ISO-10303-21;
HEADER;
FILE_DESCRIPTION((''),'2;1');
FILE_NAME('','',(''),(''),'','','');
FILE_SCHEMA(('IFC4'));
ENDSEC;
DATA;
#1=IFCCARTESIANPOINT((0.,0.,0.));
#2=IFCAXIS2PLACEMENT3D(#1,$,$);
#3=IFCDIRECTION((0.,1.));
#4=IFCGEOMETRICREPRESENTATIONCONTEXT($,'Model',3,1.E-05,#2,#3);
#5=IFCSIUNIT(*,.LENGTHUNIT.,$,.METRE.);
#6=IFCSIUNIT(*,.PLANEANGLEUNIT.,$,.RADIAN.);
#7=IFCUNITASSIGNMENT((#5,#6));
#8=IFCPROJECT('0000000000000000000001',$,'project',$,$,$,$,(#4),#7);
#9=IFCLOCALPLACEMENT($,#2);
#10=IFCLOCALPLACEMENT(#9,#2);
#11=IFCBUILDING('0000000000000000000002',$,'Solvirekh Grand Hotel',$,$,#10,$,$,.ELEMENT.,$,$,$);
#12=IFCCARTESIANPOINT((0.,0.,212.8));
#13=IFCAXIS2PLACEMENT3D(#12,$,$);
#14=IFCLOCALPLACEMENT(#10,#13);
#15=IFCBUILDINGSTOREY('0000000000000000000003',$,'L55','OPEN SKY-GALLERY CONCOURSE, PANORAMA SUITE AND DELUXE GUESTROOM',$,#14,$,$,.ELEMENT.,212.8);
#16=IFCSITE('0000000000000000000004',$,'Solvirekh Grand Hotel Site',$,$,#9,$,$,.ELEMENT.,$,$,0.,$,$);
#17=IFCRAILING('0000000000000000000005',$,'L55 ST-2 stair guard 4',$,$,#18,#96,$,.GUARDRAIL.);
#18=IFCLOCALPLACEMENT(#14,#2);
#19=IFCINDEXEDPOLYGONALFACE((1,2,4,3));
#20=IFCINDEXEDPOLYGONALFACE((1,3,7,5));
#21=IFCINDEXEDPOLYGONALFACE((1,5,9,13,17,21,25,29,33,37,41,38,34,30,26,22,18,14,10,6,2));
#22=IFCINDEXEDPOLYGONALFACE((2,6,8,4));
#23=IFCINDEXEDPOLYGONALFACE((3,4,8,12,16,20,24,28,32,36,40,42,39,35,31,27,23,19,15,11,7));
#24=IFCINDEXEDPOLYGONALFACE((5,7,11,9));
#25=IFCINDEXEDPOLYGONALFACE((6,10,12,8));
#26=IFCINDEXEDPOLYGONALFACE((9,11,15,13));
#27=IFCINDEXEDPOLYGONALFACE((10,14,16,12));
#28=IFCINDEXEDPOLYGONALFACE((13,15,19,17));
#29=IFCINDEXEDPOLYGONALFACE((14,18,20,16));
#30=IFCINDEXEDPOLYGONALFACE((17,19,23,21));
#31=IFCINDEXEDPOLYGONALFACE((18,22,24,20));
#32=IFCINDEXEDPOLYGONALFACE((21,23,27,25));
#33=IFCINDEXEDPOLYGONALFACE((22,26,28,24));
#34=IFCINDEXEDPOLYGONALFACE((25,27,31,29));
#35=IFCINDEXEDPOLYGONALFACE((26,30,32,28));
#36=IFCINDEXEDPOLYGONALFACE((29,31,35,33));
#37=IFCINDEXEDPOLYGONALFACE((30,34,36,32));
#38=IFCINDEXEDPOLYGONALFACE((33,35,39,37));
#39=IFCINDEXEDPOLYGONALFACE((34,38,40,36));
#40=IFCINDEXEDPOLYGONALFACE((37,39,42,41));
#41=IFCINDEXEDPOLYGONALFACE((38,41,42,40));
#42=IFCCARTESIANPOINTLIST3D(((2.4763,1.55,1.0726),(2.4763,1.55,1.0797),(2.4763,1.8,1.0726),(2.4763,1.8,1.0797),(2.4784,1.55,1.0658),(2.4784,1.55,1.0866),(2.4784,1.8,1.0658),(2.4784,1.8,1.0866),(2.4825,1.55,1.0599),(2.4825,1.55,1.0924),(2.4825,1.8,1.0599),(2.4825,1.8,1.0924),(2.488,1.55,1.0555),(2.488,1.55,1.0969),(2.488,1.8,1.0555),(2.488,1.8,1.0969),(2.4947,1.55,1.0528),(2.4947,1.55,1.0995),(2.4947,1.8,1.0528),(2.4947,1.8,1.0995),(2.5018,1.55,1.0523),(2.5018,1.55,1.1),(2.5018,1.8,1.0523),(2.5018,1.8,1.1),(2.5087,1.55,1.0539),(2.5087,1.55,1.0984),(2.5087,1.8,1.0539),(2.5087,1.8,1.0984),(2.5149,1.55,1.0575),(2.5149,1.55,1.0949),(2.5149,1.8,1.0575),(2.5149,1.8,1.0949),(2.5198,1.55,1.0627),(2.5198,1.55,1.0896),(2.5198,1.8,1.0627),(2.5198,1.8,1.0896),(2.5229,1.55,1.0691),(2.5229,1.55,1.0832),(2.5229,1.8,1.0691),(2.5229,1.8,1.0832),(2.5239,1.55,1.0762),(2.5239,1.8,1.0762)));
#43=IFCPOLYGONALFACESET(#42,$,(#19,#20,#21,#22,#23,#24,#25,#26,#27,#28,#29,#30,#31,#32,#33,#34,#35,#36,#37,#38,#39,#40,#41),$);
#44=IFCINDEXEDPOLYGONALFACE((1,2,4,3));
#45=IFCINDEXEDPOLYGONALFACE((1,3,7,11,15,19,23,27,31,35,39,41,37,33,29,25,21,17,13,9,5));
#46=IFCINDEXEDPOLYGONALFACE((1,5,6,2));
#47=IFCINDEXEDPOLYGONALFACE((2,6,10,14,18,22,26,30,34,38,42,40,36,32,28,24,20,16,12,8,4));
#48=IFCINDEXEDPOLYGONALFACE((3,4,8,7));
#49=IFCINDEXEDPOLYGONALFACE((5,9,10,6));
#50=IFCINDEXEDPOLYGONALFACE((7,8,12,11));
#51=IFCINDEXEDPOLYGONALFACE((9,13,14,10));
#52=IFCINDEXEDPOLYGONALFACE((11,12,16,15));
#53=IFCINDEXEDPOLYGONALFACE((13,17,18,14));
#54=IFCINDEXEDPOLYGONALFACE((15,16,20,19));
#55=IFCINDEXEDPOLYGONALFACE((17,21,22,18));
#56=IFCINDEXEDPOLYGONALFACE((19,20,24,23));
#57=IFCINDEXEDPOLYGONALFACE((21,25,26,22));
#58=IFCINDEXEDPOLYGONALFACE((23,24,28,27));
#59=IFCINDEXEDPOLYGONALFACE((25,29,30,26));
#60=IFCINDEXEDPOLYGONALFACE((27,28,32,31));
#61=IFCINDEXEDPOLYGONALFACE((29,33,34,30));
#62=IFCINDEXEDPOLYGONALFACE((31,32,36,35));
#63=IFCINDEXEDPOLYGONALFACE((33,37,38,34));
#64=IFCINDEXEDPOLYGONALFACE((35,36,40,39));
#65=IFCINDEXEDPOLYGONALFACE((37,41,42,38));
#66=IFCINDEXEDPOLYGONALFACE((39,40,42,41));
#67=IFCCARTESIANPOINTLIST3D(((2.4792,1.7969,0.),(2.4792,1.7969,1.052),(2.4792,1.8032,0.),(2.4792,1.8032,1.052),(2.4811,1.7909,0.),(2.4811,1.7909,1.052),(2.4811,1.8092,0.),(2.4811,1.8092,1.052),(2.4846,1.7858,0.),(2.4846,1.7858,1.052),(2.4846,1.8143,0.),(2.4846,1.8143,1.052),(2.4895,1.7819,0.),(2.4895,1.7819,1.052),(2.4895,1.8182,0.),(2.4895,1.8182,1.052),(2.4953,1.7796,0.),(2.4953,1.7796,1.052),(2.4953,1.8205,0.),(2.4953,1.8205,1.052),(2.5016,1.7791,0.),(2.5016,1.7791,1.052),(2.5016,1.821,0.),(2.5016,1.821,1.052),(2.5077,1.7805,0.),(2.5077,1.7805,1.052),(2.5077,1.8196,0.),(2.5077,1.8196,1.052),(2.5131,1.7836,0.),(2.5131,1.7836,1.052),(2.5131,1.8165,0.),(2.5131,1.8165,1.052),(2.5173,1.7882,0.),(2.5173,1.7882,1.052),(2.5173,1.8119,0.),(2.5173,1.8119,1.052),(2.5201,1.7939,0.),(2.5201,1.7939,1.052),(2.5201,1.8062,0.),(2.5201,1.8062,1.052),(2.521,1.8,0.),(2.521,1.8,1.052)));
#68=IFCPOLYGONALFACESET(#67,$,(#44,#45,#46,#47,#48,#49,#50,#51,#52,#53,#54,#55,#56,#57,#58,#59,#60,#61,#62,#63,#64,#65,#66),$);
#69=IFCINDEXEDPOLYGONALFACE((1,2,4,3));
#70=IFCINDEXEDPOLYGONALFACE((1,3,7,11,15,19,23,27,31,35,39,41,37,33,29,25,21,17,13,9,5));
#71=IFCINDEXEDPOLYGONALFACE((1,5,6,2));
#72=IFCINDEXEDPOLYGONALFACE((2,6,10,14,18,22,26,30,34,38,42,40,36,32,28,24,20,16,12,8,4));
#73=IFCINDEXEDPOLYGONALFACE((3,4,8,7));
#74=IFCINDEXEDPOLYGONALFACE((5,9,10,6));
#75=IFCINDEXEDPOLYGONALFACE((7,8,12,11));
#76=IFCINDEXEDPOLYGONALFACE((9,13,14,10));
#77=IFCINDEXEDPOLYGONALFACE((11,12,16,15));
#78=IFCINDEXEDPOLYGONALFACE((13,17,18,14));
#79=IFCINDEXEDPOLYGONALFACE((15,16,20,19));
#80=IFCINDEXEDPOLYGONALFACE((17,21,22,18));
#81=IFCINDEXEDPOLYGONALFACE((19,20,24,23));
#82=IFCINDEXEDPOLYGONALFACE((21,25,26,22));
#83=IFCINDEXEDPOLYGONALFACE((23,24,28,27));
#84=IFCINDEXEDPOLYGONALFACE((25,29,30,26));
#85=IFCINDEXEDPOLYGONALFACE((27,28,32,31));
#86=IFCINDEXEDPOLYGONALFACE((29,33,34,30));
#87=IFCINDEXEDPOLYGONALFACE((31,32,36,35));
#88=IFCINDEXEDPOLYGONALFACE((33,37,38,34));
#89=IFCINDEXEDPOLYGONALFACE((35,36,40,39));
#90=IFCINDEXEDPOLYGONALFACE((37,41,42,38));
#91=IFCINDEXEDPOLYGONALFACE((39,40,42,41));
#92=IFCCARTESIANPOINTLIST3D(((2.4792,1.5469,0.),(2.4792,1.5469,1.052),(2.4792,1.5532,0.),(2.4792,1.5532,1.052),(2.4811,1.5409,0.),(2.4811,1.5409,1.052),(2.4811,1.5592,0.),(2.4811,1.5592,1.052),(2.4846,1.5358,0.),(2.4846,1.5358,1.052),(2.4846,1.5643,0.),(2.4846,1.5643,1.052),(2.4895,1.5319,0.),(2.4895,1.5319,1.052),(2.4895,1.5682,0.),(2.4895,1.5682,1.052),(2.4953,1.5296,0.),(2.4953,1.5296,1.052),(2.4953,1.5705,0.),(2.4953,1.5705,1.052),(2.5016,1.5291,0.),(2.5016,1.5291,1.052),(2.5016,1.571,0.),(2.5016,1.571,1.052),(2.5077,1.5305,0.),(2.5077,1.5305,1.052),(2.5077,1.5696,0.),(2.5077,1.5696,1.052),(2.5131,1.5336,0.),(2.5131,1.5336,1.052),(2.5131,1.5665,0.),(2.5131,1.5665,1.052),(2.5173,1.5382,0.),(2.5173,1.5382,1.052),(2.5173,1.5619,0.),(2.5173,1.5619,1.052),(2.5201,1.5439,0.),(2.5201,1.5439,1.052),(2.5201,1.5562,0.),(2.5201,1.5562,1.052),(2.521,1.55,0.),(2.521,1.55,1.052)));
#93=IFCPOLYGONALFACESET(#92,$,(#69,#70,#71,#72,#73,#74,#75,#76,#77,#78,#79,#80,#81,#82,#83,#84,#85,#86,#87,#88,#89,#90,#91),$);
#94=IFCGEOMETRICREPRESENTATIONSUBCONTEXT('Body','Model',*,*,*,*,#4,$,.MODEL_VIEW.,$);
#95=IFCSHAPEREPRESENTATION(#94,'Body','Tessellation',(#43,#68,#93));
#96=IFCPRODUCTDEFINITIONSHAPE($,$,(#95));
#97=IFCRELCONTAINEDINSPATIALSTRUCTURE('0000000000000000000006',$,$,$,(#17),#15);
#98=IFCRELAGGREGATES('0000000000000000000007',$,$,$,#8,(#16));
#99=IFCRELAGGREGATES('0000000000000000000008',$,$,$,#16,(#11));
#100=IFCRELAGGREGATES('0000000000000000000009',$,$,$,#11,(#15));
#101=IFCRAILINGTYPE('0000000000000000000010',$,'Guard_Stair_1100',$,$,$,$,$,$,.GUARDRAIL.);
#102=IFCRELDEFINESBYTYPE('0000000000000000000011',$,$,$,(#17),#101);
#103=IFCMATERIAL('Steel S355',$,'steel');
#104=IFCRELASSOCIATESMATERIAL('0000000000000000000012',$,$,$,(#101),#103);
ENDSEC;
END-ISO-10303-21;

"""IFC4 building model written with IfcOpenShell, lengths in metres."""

from ifc_helpers import new_model, si_unit, direction, frame, origin, origin_2d, place, context, subcontext, project, spatial, circle, extrude, material, type_object, element, save


model = new_model("IFC4")

# Units and contexts
model_context = context("Model", 3, precision=1e-05, world=origin(), true_north=direction((0.0, 1.0)))
body_context = subcontext(model_context, "Body", "Model", "MODEL_VIEW")
ifc_project = project(units=[si_unit("LENGTHUNIT", "METRE"), si_unit("PLANEANGLEUNIT", "RADIAN")], contexts=[model_context])

# Site, building, storey
site_placement = place(None, origin())
site = spatial("IfcSite", under=ifc_project, at=site_placement, Name="Solvirekh Grand Hotel Site", CompositionType="ELEMENT", RefElevation=0.0)
building_placement = place(site_placement, origin())
building = spatial("IfcBuilding", under=site, at=building_placement, Name="Solvirekh Grand Hotel", CompositionType="ELEMENT")
storey_placement = place(building_placement, frame((0.0, 0.0, 212.8)))
storey = spatial("IfcBuildingStorey", under=building, at=storey_placement, Name="L55", Description="OPEN SKY-GALLERY CONCOURSE, PANORAMA SUITE AND DELUXE GUESTROOM", CompositionType="ELEMENT", Elevation=212.8)

# Shared definitions
ifc_material_1 = material(Name="Steel S355", Category="steel")

# Railing
railing_type_1 = type_object("IfcRailingType", Name="Guard_Stair_1100", PredefinedType="GUARDRAIL", material=ifc_material_1)
railing_1_placement = place(storey_placement, frame((2.5, 1.8, 0.0)))
element("IfcRailing", 1, at=railing_1_placement, inside=storey, type_object=railing_type_1, Name="L55 ST-2 stair guard 4", PredefinedType="GUARDRAIL", context=body_context, shape_type="SweptSolid", body=[
    extrude(circle(Radius=0.0239, at=origin_2d()), frame((0.0, 0.0, 1.0762), z_axis=(0.0, -1.0, 0.0), x_axis=(1.0, 0.0, 0.0)), (0.0, 0.0, 1.0), 0.25),
    extrude(circle(Radius=0.021, at=origin_2d()), origin(), (0.0, 0.0, 1.0), 1.052),
    extrude(circle(Radius=0.021, at=origin_2d()), frame((0.0, -0.25, 0.0)), (0.0, 0.0, 1.0), 1.052),
])

save(model, "model.ifc")
